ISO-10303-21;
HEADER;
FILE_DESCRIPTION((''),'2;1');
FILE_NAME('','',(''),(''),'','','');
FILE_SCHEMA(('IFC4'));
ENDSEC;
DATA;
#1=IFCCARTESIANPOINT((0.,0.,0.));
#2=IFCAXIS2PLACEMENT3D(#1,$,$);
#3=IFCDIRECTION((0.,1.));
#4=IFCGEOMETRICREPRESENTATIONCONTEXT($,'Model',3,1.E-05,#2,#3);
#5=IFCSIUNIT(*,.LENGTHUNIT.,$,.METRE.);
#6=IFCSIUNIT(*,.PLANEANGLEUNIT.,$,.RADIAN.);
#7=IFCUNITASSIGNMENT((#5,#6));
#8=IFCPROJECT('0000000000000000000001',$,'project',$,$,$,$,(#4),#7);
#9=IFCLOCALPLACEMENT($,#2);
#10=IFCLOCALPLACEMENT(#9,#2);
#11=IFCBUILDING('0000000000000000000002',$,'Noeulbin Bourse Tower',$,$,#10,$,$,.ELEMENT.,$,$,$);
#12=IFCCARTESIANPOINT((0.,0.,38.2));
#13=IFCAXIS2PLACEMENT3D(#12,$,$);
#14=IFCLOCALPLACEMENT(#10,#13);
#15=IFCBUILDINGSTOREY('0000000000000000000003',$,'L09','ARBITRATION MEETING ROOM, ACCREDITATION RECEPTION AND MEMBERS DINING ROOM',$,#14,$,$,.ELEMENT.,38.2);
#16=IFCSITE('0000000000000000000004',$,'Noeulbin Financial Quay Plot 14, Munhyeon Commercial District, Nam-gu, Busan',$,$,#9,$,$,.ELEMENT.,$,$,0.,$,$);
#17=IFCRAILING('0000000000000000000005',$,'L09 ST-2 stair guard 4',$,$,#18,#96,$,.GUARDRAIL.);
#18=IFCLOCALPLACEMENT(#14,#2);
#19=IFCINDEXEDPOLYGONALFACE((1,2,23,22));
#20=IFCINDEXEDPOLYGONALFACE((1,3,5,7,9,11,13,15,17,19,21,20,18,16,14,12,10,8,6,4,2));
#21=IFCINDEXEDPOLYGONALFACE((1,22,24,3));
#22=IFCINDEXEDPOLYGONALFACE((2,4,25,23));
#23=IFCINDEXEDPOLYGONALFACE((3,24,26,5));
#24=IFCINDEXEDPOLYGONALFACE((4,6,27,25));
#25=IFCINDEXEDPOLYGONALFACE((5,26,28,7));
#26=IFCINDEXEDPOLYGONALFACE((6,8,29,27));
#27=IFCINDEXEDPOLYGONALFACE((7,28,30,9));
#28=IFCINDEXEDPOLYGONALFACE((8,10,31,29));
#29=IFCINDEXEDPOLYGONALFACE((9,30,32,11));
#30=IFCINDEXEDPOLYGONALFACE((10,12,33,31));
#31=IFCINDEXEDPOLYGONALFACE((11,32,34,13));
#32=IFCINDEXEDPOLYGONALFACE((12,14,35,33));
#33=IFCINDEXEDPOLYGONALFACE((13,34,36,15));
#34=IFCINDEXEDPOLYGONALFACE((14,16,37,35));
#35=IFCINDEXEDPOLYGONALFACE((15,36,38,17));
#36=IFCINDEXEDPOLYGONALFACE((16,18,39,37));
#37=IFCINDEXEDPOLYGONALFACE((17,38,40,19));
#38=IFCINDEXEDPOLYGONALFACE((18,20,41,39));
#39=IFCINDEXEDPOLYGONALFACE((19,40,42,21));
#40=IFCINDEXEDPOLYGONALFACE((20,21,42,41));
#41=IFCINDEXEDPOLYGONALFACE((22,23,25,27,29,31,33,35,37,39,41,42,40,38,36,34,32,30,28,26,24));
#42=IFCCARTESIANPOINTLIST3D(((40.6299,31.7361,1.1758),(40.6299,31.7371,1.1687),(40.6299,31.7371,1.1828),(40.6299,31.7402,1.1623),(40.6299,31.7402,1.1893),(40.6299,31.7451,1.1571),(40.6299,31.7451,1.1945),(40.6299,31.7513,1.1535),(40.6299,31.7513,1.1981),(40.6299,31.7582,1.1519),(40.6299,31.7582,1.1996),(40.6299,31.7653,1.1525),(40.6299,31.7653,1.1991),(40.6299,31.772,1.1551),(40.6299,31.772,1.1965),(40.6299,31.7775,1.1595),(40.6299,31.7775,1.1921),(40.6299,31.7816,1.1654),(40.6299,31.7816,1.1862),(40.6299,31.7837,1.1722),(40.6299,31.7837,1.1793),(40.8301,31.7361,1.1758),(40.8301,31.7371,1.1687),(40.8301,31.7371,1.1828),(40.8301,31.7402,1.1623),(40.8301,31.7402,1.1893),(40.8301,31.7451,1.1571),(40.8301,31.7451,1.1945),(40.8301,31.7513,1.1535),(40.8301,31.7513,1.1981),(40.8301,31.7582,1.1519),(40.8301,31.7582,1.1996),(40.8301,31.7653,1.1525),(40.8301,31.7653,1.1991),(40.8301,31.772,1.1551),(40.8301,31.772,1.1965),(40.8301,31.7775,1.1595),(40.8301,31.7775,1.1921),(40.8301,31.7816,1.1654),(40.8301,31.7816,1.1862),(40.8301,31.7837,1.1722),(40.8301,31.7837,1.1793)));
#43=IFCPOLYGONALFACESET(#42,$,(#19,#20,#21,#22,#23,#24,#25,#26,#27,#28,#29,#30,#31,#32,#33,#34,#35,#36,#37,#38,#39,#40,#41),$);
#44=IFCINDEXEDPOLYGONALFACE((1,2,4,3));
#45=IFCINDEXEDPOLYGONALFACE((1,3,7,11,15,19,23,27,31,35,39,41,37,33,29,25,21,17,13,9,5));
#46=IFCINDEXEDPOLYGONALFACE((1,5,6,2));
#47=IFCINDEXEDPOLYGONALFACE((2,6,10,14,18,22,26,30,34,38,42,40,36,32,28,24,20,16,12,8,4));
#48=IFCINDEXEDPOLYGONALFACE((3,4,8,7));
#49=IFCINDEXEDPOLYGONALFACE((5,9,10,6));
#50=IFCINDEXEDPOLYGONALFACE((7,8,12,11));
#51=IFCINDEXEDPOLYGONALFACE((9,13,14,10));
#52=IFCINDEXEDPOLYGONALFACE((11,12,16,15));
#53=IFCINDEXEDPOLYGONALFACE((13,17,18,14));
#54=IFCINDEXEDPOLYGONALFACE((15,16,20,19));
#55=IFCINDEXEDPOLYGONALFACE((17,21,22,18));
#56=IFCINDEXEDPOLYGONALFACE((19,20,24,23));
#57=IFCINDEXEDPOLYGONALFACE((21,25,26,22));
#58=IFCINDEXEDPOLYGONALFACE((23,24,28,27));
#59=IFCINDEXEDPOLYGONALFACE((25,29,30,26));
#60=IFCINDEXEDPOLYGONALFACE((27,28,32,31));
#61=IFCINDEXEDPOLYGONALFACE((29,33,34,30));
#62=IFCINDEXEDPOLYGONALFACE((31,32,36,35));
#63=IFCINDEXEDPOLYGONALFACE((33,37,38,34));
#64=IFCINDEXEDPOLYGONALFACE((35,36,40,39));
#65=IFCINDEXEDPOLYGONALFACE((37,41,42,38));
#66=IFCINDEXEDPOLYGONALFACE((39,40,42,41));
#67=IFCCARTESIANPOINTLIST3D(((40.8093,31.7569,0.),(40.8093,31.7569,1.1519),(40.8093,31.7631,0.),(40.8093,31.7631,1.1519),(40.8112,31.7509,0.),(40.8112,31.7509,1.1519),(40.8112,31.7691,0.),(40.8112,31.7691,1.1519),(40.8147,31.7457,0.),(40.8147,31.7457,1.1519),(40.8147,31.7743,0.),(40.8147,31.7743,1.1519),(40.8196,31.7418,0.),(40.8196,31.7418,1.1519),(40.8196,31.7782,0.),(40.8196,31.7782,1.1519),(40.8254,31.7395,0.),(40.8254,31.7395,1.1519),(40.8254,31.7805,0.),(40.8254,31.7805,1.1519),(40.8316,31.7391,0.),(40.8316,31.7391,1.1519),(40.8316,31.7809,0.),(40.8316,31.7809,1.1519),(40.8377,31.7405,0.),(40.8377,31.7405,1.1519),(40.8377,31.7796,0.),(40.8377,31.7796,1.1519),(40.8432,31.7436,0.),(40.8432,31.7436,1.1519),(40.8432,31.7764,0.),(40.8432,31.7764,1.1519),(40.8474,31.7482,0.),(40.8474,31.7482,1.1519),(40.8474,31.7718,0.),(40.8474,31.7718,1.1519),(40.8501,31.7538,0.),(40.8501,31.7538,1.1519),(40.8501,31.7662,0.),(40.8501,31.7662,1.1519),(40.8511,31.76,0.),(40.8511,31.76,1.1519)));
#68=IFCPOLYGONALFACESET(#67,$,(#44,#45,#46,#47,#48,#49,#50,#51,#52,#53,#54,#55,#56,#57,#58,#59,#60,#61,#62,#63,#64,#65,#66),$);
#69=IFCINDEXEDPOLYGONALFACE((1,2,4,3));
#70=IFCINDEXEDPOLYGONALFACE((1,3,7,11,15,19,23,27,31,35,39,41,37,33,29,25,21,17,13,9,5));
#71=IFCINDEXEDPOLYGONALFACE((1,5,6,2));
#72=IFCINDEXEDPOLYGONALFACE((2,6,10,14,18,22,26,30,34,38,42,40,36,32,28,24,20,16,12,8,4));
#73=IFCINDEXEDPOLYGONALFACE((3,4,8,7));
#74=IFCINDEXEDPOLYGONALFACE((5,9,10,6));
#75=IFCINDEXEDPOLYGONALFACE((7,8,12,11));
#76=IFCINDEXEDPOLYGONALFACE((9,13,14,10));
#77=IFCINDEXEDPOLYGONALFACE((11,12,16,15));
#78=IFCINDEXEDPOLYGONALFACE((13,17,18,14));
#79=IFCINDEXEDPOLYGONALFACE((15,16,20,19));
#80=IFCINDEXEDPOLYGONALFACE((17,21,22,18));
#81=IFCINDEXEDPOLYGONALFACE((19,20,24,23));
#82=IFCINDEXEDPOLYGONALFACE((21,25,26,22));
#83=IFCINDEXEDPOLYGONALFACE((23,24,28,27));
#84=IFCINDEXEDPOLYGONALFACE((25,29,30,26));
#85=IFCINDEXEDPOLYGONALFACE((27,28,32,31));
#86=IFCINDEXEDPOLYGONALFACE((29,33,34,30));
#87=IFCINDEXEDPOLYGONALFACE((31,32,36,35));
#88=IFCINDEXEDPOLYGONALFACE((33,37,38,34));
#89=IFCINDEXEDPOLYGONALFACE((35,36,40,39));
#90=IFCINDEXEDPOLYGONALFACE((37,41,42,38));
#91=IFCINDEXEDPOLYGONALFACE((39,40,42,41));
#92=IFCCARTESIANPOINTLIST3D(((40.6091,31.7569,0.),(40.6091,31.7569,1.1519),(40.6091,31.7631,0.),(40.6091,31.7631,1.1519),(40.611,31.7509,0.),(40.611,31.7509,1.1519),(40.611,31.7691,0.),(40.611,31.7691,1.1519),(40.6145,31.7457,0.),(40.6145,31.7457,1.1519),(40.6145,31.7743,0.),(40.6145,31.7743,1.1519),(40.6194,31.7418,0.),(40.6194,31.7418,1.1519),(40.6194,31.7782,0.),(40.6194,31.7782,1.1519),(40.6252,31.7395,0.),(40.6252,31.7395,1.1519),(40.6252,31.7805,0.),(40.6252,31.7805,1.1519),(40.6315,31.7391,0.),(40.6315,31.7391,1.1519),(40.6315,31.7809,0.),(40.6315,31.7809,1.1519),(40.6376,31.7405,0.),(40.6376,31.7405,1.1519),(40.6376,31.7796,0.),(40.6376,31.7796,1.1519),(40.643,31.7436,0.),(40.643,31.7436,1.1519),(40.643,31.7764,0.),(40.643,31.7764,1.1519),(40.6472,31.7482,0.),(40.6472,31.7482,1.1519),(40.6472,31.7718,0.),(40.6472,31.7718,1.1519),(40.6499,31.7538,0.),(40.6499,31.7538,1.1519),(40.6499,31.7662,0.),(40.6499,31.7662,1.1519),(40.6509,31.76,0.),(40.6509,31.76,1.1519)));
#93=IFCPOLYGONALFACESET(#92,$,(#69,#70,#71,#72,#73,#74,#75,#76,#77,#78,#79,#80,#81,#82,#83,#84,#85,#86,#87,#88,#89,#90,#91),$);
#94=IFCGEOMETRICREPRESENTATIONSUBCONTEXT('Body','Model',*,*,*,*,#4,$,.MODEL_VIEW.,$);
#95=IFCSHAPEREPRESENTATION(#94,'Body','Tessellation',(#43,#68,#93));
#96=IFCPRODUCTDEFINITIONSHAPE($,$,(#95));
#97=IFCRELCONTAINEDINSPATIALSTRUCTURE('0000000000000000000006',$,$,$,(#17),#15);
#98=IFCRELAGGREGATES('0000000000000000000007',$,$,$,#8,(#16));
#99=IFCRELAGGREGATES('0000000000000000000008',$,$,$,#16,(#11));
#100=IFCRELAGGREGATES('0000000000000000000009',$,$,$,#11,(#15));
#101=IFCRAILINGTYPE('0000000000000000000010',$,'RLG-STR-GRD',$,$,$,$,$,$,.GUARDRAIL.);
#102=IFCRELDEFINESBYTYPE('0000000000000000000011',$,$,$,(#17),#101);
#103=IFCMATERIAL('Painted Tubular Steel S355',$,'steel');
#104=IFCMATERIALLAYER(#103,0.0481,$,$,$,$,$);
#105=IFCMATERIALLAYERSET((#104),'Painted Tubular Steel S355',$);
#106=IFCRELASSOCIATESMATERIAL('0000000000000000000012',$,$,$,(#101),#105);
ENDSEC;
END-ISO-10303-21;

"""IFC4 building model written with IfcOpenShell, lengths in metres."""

from ifc_helpers import new_model, si_unit, direction, frame, origin, origin_2d, place, context, subcontext, project, spatial, circle, extrude, material, layer, layer_set, type_object, element, save


model = new_model("IFC4")

# Units and contexts
model_context = context("Model", 3, precision=1e-05, world=origin(), true_north=direction((0.0, 1.0)))
body_context = subcontext(model_context, "Body", "Model", "MODEL_VIEW")
ifc_project = project(units=[si_unit("LENGTHUNIT", "METRE"), si_unit("PLANEANGLEUNIT", "RADIAN")], contexts=[model_context])

# Site, building, storey
site_placement = place(None, origin())
site = spatial("IfcSite", under=ifc_project, at=site_placement, Name="Noeulbin Financial Quay Plot 14, Munhyeon Commercial District, Nam-gu, Busan", CompositionType="ELEMENT", RefElevation=0.0)
building_placement = place(site_placement, origin())
building = spatial("IfcBuilding", under=site, at=building_placement, Name="Noeulbin Bourse Tower", CompositionType="ELEMENT")
storey_placement = place(building_placement, frame((0.0, 0.0, 38.2)))
storey = spatial("IfcBuildingStorey", under=building, at=storey_placement, Name="L09", Description="ARBITRATION MEETING ROOM, ACCREDITATION RECEPTION AND MEMBERS DINING ROOM", CompositionType="ELEMENT", Elevation=38.2)

# Railing
ifc_material_1 = material(Name="Painted Tubular Steel S355", Category="steel")
ifc_layer_1 = layer(ifc_material_1, 0.0481)
ifc_layer_set_1 = layer_set([ifc_layer_1], Name="Painted Tubular Steel S355")
railing_type_1 = type_object("IfcRailingType", Name="RLG-STR-GRD", PredefinedType="GUARDRAIL", material=ifc_layer_set_1)
railing_1_placement = place(storey_placement, frame((40.8301, 31.76, 0.0)))
element("IfcRailing", 1, at=railing_1_placement, inside=storey, type_object=railing_type_1, Name="L09 ST-2 stair guard 4", PredefinedType="GUARDRAIL", context=body_context, shape_type="SweptSolid", body=[
    extrude(circle(Radius=0.0239, at=origin_2d()), frame((0.0, 0.0, 1.1758), z_axis=(-1.0, 0.0, 0.0), x_axis=(0.0, -1.0, 0.0)), (0.0, 0.0, 1.0), 0.2002),
    extrude(circle(Radius=0.021, at=origin_2d()), origin(), (0.0, 0.0, 1.0), 1.1519),
    extrude(circle(Radius=0.021, at=origin_2d()), frame((-0.2002, 0.0, 0.0)), (0.0, 0.0, 1.0), 1.1519),
])

save(model, "model.ifc")
